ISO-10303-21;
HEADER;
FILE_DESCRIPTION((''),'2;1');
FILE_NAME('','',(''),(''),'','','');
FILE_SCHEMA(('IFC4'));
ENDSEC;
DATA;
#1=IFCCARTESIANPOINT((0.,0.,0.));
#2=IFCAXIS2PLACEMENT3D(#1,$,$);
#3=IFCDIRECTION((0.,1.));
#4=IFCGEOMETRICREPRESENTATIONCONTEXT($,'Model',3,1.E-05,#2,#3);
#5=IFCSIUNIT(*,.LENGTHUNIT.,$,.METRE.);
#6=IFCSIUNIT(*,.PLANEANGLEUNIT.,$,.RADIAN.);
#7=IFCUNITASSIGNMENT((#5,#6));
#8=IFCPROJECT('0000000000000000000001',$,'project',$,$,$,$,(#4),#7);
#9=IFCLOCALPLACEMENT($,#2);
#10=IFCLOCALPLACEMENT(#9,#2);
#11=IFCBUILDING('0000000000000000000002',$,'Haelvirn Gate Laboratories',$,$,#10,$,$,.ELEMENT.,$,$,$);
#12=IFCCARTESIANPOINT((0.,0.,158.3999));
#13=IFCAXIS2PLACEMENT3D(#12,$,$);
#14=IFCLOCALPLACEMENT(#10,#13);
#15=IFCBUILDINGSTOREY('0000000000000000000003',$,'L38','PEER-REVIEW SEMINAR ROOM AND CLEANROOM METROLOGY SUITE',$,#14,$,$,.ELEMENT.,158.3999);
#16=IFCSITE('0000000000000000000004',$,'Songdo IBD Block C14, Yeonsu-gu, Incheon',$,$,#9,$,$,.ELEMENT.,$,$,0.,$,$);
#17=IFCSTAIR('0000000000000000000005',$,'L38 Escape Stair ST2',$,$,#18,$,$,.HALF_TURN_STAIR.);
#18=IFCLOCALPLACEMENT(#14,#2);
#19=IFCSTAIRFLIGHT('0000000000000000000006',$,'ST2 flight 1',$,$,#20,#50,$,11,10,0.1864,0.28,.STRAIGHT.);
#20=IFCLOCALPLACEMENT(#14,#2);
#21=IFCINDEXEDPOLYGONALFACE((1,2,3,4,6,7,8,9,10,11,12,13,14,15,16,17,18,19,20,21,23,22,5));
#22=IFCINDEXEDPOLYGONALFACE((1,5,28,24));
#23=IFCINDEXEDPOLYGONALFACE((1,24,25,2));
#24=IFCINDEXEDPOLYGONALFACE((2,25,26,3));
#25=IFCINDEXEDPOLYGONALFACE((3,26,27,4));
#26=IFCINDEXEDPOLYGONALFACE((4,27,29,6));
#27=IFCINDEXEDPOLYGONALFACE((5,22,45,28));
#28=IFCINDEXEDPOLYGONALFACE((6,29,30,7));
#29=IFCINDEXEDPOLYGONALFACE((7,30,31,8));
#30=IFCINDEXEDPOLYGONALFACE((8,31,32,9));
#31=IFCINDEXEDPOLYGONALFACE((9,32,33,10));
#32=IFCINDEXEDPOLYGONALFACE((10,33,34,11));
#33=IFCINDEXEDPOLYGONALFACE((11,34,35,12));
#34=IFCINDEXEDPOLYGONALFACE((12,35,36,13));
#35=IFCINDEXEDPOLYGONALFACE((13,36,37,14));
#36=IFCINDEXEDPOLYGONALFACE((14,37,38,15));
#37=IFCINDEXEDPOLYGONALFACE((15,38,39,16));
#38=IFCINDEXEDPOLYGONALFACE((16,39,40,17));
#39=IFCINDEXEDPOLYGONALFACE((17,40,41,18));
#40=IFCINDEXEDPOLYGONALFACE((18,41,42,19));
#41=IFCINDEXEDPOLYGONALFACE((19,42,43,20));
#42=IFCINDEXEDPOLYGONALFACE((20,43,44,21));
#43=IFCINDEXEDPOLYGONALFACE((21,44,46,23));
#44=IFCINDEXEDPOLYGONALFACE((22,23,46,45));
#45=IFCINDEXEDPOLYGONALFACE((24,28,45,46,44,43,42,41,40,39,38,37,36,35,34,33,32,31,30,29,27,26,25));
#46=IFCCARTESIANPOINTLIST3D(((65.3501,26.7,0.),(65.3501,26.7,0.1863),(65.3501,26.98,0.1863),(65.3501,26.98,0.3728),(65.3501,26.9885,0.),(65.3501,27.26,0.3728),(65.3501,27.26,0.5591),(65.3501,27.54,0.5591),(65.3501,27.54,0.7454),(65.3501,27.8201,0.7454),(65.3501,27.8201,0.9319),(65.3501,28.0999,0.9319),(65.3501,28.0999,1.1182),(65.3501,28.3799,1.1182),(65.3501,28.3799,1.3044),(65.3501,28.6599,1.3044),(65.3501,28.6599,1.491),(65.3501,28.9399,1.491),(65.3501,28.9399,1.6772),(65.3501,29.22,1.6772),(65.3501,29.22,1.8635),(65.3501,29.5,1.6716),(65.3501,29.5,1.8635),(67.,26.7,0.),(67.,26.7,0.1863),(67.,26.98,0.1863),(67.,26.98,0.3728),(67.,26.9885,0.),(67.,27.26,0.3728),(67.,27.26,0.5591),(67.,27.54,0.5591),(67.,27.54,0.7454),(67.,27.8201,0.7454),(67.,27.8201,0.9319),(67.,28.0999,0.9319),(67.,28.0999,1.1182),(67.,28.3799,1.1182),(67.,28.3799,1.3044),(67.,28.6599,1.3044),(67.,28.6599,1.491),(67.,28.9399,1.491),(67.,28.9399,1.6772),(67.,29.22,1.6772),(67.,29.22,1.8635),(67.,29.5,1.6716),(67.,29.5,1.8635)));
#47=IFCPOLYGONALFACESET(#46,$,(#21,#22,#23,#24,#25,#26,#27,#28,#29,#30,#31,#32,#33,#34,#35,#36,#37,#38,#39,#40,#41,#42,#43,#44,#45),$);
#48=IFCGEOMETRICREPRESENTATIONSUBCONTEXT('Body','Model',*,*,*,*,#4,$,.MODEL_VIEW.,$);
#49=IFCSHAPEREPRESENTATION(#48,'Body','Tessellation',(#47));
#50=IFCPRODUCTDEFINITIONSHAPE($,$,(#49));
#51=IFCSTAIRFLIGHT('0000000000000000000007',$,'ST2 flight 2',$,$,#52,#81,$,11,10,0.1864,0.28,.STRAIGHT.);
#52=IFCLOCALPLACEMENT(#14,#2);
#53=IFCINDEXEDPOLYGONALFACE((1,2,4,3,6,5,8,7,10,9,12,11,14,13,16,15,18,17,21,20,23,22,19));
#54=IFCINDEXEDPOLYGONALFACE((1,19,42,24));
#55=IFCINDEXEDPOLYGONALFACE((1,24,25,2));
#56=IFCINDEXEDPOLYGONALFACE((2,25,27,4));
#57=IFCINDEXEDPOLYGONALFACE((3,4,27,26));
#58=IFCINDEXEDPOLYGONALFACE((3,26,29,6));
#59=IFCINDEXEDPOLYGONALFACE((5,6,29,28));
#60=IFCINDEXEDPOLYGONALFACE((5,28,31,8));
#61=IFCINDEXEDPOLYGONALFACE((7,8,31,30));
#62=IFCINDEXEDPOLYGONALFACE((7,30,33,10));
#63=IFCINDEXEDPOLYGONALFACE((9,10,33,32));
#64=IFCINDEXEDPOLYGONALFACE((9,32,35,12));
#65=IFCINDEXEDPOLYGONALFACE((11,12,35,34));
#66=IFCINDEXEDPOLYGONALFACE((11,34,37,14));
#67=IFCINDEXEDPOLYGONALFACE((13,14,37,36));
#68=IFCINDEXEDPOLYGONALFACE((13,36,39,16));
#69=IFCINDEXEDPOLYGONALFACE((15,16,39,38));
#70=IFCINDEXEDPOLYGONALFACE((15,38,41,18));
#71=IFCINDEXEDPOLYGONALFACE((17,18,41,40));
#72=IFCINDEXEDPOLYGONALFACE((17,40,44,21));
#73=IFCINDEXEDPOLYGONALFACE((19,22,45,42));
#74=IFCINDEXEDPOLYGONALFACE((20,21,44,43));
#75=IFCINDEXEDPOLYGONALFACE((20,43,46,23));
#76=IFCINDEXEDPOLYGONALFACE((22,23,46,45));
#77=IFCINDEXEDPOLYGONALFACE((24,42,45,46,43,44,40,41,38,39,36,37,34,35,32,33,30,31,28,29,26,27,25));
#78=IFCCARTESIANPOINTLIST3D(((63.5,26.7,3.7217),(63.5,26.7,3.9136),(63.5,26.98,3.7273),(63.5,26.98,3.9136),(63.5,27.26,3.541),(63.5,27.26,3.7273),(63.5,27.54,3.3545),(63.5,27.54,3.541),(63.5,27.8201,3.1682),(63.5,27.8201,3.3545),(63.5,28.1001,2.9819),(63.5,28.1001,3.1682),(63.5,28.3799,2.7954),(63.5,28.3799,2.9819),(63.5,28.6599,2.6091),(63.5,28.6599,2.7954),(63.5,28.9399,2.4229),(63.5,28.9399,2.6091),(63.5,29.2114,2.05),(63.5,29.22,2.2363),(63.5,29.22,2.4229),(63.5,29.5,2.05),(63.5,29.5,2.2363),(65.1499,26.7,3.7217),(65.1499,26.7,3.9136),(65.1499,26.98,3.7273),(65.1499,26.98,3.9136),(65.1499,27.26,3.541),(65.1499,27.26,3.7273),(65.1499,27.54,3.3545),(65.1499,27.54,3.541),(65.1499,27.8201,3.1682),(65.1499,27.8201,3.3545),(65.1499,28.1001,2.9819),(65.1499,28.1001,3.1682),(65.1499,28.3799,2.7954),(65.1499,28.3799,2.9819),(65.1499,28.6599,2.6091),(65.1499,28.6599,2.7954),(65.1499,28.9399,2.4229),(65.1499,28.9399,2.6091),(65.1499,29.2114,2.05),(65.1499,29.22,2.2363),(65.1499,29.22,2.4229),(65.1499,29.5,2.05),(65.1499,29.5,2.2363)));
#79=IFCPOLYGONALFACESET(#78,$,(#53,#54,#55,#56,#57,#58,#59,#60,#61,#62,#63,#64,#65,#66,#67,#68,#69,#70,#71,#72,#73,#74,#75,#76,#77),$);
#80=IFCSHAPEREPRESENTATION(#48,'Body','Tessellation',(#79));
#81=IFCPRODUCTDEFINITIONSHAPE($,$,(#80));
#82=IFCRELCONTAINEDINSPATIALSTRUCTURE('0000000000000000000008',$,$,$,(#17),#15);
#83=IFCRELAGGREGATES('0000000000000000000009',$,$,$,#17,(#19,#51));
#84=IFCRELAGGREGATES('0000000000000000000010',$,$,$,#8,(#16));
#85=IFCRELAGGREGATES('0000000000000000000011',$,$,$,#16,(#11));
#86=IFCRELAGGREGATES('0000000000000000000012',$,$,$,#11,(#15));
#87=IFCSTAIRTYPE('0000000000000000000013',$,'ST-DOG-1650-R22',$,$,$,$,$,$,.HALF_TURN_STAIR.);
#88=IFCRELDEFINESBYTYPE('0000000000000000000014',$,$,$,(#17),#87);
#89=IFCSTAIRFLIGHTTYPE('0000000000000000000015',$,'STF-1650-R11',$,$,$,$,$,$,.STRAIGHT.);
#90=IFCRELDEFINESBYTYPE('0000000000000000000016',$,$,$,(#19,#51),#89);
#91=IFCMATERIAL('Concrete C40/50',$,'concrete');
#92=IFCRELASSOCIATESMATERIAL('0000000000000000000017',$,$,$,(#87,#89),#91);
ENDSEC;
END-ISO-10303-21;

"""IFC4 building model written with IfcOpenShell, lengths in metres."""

from ifc_helpers import new_model, si_unit, direction, frame, origin, place, context, subcontext, project, spatial, polyline, outline, extrude, source, transform, mapped, material, type_object, type_shapes, element, aggregate, save


model = new_model("IFC4")

# Units and contexts
model_context = context("Model", 3, precision=1e-05, world=origin(), true_north=direction((0.0, 1.0)))
body_context = subcontext(model_context, "Body", "Model", "MODEL_VIEW")
ifc_project = project(units=[si_unit("LENGTHUNIT", "METRE"), si_unit("PLANEANGLEUNIT", "RADIAN")], contexts=[model_context])

# Site, building, storey
site_placement = place(None, origin())
site = spatial("IfcSite", under=ifc_project, at=site_placement, Name="Songdo IBD Block C14, Yeonsu-gu, Incheon", CompositionType="ELEMENT", RefElevation=0.0)
building_placement = place(site_placement, origin())
building = spatial("IfcBuilding", under=site, at=building_placement, Name="Haelvirn Gate Laboratories", CompositionType="ELEMENT")
storey_placement = place(building_placement, frame((0.0, 0.0, 158.3999)))
storey = spatial("IfcBuildingStorey", under=building, at=storey_placement, Name="L38", Description="PEER-REVIEW SEMINAR ROOM AND CLEANROOM METROLOGY SUITE", CompositionType="ELEMENT", Elevation=158.3999)

# Stair, stair flights
ifc_material_1 = material(Name="Concrete C40/50", Category="concrete")
stair_type = type_object("IfcStairType", Name="ST-DOG-1650-R22", PredefinedType="HALF_TURN_STAIR", material=ifc_material_1)
stair_placement = place(storey_placement, origin())
stair = element("IfcStair", 1, at=stair_placement, inside=storey, type_object=stair_type, Name="L38 Escape Stair ST2", PredefinedType="HALF_TURN_STAIR")
stair_flight_type = type_object("IfcStairFlightType", Name="STF-1650-R11", PredefinedType="STRAIGHT", material=ifc_material_1)
shared_shape_1 = source(origin(), body_context, "Body", "SweptSolid", [
    extrude(outline(polyline([(0.0, 0.0), (0.0, 0.1863), (0.28, 0.1863), (0.28, 0.3728), (0.5601, 0.3728), (0.5601, 0.5591), (0.8401, 0.5591), (0.8401, 0.7454), (1.1201, 0.7454), (1.1201, 0.9319), (1.3999, 0.9319), (1.3999, 1.1182), (1.6799, 1.1182), (1.6799, 1.3044), (1.96, 1.3044), (1.96, 1.491), (2.24, 1.491), (2.24, 1.6772), (2.52, 1.6772), (2.52, 1.8635), (2.8, 1.8635), (2.8, 2.05), (2.8, 1.6716), (0.2886, 0.0), (0.0, 0.0)])), frame((0.0, 0.825, 0.0), z_axis=(0.0, -1.0, 0.0), x_axis=(1.0, 0.0, 0.0)), (0.0, 0.0, 1.0), 1.6499),
])
type_shapes(stair_flight_type, [shared_shape_1])
stair_flight_1_placement = place(storey_placement, frame((66.175, 26.7, 0.0), z_axis=(0.0, 0.0, 1.0), x_axis=(0.0, 1.0, 0.0)))
stair_flight_1 = element("IfcStairFlight", 2, at=stair_flight_1_placement, type_object=stair_flight_type, Name="ST2 flight 1", NumberOfRisers=11, NumberOfTreads=10, PredefinedType="STRAIGHT", RiserHeight=0.1864, TreadLength=0.28, context=body_context, shape_type="MappedRepresentation", body=[
    mapped(shared_shape_1, transform((0.0, 0.0, 0.0), scale=1.0)),
])
stair_flight_2_placement = place(storey_placement, frame((64.325, 29.5, 2.05), z_axis=(0.0, 0.0, 1.0), x_axis=(0.0, -1.0, 0.0)))
stair_flight_2 = element("IfcStairFlight", 3, at=stair_flight_2_placement, type_object=stair_flight_type, Name="ST2 flight 2", NumberOfRisers=11, NumberOfTreads=10, PredefinedType="STRAIGHT", RiserHeight=0.1864, TreadLength=0.28, context=body_context, shape_type="MappedRepresentation", body=[
    mapped(shared_shape_1, transform((0.0, 0.0, 0.0), scale=1.0)),
])
aggregate(stair, [stair_flight_1, stair_flight_2])

save(model, "model.ifc")
